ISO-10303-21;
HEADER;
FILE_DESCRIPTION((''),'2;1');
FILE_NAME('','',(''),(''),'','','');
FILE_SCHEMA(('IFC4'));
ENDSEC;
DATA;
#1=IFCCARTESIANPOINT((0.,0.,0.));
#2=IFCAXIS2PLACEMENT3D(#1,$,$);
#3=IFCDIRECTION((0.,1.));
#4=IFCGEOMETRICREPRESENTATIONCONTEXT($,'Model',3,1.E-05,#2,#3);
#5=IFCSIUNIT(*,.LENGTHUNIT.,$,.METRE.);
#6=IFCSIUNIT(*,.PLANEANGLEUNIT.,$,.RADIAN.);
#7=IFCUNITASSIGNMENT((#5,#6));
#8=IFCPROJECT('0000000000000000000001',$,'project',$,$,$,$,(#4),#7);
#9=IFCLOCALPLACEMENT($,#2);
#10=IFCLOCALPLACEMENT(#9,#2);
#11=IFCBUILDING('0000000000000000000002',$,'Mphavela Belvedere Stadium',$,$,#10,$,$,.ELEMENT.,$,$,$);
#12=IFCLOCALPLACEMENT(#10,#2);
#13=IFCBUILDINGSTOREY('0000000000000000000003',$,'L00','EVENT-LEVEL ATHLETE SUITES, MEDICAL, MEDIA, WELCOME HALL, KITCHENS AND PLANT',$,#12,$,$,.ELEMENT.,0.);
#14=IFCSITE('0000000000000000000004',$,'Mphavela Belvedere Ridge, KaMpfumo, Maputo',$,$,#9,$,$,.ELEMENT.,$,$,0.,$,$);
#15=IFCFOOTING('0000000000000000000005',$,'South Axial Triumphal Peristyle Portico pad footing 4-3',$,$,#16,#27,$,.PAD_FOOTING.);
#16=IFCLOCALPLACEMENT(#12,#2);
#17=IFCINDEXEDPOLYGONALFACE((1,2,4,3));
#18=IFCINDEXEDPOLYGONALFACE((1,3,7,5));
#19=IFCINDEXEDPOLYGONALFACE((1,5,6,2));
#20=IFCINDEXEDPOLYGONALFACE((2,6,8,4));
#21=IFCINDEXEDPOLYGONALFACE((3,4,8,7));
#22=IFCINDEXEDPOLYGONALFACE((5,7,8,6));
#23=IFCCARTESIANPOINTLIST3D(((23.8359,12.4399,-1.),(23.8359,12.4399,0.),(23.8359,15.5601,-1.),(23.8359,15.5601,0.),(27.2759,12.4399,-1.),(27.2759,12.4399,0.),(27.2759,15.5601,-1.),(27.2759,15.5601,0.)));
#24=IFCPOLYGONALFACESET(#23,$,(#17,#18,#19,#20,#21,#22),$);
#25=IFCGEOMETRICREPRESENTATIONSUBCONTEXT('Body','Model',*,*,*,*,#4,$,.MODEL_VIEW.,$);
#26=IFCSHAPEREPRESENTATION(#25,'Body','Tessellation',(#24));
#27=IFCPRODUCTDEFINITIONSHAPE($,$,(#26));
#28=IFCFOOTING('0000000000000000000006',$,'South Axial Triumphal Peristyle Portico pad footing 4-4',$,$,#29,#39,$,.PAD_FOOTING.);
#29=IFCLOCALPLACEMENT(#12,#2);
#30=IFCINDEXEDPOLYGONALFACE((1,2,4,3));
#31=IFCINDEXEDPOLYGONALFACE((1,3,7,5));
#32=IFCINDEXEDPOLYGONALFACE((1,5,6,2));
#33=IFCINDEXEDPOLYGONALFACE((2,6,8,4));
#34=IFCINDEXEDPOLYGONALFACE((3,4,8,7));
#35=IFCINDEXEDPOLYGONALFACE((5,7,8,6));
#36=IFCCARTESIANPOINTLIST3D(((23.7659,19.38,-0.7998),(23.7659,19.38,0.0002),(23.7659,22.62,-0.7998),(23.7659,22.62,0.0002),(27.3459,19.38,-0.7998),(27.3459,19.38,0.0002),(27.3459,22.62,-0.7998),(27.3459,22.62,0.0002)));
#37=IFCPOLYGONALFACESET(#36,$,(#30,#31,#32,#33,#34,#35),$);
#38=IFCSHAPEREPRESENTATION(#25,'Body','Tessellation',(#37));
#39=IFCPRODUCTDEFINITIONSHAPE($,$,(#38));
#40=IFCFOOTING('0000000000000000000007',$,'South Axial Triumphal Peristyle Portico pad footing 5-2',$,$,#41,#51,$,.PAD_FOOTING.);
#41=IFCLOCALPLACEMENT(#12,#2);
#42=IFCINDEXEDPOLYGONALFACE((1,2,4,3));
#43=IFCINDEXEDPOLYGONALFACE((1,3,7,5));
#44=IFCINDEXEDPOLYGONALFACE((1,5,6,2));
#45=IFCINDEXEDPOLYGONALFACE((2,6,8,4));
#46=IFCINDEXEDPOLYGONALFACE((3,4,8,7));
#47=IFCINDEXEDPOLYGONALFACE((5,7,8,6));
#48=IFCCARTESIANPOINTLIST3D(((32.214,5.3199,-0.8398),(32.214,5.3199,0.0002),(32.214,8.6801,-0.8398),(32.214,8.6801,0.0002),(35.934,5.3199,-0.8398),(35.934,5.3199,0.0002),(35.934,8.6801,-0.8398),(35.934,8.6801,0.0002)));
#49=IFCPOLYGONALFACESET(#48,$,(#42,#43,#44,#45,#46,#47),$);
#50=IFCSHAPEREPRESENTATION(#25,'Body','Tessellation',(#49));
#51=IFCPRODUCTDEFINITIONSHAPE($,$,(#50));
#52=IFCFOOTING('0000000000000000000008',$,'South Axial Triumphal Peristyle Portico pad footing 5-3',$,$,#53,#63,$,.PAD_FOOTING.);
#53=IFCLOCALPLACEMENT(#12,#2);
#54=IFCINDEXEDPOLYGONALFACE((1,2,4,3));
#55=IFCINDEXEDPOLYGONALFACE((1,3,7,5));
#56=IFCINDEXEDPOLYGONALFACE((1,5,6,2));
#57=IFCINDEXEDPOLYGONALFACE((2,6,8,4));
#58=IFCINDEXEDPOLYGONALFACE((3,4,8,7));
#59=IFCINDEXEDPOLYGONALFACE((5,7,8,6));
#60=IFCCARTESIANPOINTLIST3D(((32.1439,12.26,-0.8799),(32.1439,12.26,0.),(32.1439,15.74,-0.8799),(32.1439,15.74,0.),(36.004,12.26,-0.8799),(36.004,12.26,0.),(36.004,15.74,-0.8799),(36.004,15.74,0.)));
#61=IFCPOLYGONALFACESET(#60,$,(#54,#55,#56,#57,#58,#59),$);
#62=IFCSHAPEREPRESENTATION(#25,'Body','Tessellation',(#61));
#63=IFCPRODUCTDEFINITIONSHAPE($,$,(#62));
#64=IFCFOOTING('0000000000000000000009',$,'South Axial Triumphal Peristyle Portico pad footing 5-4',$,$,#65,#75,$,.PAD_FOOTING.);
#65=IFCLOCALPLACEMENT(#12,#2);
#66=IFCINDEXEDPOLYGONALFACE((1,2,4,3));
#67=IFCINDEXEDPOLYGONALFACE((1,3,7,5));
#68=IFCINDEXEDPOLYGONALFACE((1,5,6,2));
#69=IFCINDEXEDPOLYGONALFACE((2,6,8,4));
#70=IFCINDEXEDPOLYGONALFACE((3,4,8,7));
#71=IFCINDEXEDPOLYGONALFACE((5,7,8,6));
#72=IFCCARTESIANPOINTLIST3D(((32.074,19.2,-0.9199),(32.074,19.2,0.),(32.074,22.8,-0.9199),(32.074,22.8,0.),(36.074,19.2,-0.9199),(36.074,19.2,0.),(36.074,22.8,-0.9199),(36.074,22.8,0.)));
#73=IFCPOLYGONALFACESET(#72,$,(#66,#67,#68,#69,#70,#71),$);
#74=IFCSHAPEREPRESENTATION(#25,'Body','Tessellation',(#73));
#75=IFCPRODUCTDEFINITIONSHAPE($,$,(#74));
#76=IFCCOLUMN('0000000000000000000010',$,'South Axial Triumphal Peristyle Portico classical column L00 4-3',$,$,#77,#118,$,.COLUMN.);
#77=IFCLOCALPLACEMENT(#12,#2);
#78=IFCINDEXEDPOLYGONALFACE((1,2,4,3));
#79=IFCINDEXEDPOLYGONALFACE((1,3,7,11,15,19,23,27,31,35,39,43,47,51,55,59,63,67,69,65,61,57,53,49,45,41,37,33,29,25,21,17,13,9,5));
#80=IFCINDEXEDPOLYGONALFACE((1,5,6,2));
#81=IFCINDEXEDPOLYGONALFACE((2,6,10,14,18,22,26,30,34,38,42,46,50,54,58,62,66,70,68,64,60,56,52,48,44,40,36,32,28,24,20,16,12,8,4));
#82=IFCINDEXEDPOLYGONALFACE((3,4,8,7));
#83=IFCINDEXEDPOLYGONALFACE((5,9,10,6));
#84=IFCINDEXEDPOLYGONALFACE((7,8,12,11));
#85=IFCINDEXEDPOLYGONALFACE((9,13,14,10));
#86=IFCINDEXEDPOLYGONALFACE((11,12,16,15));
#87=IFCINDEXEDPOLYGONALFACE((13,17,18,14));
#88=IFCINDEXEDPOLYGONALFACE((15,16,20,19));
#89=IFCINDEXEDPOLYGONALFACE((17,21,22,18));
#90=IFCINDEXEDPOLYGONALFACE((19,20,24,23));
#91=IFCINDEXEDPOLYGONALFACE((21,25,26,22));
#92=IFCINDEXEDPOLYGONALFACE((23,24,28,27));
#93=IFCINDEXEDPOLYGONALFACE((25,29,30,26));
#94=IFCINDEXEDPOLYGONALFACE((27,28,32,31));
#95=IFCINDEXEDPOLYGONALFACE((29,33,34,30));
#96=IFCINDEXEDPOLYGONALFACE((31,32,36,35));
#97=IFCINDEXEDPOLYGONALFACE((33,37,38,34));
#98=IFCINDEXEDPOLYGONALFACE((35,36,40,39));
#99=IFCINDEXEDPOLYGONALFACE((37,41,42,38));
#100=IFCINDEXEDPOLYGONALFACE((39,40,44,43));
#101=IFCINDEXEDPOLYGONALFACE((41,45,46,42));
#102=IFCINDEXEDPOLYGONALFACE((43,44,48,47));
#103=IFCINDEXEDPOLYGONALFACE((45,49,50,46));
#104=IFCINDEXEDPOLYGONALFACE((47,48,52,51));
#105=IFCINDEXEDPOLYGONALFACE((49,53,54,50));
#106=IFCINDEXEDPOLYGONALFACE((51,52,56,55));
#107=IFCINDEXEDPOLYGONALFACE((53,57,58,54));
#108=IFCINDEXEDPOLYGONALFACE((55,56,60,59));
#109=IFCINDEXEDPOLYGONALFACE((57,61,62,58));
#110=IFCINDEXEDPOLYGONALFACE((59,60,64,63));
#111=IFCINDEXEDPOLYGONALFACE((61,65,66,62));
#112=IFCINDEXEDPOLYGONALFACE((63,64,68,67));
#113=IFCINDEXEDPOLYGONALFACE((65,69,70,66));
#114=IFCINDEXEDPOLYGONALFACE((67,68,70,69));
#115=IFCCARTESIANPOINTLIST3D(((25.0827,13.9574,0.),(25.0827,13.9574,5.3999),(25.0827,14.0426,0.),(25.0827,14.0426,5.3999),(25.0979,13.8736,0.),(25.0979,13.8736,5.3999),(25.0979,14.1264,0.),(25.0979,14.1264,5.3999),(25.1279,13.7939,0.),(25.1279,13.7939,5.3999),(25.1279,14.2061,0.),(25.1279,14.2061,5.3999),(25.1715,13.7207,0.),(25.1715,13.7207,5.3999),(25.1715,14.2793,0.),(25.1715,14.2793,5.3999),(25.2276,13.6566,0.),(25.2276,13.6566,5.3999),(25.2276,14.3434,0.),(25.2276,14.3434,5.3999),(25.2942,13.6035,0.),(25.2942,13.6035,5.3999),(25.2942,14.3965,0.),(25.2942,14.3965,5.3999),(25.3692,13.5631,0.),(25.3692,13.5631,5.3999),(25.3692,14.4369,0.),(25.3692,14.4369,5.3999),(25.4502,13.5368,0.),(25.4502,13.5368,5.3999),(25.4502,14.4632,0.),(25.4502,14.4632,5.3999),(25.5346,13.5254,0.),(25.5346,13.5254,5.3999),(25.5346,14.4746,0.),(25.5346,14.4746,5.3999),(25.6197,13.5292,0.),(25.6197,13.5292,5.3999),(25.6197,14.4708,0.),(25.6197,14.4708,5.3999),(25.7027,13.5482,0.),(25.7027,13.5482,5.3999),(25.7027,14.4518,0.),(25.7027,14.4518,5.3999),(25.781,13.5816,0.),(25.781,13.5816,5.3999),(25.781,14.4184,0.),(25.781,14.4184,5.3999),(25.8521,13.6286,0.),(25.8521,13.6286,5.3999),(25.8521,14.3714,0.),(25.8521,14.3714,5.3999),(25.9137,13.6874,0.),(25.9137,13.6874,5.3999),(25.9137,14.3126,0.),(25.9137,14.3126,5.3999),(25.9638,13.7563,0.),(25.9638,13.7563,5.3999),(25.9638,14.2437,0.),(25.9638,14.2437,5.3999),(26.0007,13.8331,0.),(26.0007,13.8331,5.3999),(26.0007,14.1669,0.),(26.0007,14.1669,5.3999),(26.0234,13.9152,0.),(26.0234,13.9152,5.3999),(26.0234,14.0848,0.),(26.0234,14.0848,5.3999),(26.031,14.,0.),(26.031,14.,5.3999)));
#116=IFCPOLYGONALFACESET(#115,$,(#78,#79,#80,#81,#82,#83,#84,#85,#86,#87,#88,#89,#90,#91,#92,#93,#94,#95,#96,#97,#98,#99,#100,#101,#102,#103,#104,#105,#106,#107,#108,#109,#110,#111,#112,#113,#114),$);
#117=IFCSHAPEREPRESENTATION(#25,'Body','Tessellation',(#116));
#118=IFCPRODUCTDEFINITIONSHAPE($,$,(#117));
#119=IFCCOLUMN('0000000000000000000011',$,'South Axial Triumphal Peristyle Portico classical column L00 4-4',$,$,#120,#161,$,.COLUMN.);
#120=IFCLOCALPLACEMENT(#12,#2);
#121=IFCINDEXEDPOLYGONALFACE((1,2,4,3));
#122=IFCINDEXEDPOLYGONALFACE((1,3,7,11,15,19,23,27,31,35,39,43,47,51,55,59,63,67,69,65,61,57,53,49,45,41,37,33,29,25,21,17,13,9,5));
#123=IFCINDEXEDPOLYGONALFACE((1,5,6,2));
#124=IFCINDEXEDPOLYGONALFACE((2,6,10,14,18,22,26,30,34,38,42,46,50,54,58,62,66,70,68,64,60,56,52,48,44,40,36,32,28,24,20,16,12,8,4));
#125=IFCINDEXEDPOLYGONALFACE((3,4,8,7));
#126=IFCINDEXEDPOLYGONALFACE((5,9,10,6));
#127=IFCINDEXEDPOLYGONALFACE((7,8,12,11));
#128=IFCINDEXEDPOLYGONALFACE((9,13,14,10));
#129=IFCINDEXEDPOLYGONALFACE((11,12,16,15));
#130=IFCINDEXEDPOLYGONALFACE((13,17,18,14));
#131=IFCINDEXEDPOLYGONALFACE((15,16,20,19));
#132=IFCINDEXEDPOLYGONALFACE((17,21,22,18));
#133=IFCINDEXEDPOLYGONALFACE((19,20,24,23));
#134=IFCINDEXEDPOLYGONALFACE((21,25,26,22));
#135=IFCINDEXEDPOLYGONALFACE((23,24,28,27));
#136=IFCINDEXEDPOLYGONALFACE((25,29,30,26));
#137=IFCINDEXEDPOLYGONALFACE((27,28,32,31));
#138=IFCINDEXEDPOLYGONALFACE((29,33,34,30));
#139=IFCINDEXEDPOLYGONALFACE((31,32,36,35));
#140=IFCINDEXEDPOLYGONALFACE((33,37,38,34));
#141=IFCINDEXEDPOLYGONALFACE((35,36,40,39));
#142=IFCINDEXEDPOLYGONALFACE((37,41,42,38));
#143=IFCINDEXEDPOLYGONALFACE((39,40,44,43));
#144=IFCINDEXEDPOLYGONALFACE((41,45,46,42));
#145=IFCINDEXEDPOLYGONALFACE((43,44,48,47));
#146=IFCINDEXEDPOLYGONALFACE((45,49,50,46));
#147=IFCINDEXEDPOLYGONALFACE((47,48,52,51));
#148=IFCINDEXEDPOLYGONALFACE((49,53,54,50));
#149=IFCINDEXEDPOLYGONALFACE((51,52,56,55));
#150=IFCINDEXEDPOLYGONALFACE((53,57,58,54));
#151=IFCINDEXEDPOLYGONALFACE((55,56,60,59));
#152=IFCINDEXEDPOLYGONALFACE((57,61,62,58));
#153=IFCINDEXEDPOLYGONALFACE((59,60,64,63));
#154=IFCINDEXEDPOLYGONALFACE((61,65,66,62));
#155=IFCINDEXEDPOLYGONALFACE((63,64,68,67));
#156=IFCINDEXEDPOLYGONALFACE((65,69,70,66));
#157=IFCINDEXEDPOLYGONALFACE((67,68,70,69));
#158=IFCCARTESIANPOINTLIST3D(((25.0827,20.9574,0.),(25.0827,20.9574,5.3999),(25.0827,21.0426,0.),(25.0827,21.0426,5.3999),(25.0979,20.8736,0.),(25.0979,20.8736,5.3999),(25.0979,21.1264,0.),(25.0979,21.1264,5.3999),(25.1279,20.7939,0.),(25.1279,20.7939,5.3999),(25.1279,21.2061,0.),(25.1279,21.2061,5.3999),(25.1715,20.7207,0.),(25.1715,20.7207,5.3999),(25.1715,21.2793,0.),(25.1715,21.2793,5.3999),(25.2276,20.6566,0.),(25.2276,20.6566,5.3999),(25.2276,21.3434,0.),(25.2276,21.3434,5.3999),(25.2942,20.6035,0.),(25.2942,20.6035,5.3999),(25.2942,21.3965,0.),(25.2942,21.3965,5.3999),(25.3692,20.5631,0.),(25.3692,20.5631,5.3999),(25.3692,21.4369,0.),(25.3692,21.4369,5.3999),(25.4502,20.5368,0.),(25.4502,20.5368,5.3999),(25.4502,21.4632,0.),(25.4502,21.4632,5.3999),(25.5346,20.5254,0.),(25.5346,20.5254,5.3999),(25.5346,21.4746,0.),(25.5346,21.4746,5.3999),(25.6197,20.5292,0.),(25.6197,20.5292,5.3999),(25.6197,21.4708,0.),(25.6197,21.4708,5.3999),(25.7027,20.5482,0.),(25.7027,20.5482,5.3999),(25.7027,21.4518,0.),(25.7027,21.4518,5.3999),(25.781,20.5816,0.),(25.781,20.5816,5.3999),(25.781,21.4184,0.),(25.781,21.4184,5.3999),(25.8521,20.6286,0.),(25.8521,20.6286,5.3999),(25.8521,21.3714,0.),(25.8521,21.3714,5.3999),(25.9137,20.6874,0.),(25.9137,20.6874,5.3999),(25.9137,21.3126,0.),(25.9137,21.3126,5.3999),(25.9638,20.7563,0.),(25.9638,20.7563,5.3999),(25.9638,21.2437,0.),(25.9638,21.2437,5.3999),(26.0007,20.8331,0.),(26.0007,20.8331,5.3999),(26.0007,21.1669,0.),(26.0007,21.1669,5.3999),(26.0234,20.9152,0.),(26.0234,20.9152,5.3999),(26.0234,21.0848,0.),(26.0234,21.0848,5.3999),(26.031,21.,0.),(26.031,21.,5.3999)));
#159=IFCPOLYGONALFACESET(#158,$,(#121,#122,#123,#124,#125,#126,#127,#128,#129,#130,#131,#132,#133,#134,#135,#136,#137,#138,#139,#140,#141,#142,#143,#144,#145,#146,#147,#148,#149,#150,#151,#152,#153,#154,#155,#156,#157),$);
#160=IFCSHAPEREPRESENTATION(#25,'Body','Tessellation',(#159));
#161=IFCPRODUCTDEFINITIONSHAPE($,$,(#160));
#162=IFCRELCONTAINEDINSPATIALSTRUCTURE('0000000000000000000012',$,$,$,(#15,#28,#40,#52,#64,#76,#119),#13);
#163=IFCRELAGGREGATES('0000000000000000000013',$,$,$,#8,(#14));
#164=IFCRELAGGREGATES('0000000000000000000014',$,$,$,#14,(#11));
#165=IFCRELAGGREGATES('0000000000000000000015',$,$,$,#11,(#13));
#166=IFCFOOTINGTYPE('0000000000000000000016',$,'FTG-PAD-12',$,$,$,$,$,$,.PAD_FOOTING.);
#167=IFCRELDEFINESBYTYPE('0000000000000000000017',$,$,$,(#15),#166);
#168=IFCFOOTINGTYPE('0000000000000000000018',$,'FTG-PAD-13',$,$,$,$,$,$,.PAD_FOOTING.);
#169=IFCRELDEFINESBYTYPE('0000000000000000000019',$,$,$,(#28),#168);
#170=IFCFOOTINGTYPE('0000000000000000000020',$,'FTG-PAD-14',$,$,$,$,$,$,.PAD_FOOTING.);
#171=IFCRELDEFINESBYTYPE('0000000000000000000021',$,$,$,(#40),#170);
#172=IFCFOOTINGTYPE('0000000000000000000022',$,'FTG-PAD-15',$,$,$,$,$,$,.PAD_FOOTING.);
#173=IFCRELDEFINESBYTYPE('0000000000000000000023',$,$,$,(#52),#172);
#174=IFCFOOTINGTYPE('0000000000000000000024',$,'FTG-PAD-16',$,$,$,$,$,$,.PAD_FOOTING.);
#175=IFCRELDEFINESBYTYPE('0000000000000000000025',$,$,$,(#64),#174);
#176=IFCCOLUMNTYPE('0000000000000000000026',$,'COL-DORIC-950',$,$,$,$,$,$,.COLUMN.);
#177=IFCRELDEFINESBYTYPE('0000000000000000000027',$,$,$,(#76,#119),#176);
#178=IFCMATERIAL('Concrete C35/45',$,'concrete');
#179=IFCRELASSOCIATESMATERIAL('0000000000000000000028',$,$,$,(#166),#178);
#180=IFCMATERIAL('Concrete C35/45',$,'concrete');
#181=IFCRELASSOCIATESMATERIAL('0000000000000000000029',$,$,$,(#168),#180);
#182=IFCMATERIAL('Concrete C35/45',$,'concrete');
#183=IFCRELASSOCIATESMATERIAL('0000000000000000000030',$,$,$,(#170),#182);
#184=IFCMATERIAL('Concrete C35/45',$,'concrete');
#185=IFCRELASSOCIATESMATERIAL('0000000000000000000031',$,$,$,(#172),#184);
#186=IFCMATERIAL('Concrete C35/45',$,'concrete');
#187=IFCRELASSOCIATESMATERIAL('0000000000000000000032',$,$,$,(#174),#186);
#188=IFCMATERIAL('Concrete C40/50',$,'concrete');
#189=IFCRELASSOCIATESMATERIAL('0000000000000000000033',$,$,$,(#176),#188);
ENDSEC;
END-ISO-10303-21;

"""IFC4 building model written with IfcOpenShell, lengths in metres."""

from ifc_helpers import new_model, si_unit, direction, frame, origin, origin_2d, place, context, subcontext, project, spatial, rectangle, circle, extrude, material, material_profile, profile_set, type_object, element, save


model = new_model("IFC4")

# Units and contexts
model_context = context("Model", 3, precision=1e-05, world=origin(), true_north=direction((0.0, 1.0)))
body_context = subcontext(model_context, "Body", "Model", "MODEL_VIEW")
ifc_project = project(units=[si_unit("LENGTHUNIT", "METRE"), si_unit("PLANEANGLEUNIT", "RADIAN")], contexts=[model_context])

# Site, building, storey
site_placement = place(None, origin())
site = spatial("IfcSite", under=ifc_project, at=site_placement, Name="Mphavela Belvedere Ridge, KaMpfumo, Maputo", CompositionType="ELEMENT", RefElevation=0.0)
building_placement = place(site_placement, origin())
building = spatial("IfcBuilding", under=site, at=building_placement, Name="Mphavela Belvedere Stadium", CompositionType="ELEMENT")
storey_placement = place(building_placement, origin())
storey = spatial("IfcBuildingStorey", under=building, at=storey_placement, Name="L00", Description="EVENT-LEVEL ATHLETE SUITES, MEDICAL, MEDIA, WELCOME HALL, KITCHENS AND PLANT", CompositionType="ELEMENT", Elevation=0.0)

# Footings
ifc_material_1 = material(Name="Concrete C35/45", Category="concrete")
footing_type_1 = type_object("IfcFootingType", Name="FTG-PAD-12", PredefinedType="PAD_FOOTING", material=ifc_material_1)
footing_1_placement = place(storey_placement, frame((25.5559, 14.0, -1.0), z_axis=(0.0, 0.0, 1.0), x_axis=(1.0, 0.0, 0.0)))
element("IfcFooting", 1, at=footing_1_placement, inside=storey, type_object=footing_type_1, Name="South Axial Triumphal Peristyle Portico pad footing 4-3", PredefinedType="PAD_FOOTING", context=body_context, shape_type="SweptSolid", body=[
    extrude(rectangle(XDim=3.4399, YDim=3.1201, at=origin_2d()), origin(), (0.0, 0.0, 1.0), 1.0),
])
ifc_material_2 = material(Name="Concrete C35/45", Category="concrete")
footing_type_2 = type_object("IfcFootingType", Name="FTG-PAD-13", PredefinedType="PAD_FOOTING", material=ifc_material_2)
footing_2_placement = place(storey_placement, frame((25.5559, 21.0, -0.7998), z_axis=(0.0, 0.0, 1.0), x_axis=(1.0, 0.0, 0.0)))
element("IfcFooting", 2, at=footing_2_placement, inside=storey, type_object=footing_type_2, Name="South Axial Triumphal Peristyle Portico pad footing 4-4", PredefinedType="PAD_FOOTING", context=body_context, shape_type="SweptSolid", body=[
    extrude(rectangle(XDim=3.5801, YDim=3.24, at=origin_2d()), origin(), (0.0, 0.0, 1.0), 0.8),
])
ifc_material_3 = material(Name="Concrete C35/45", Category="concrete")
footing_type_3 = type_object("IfcFootingType", Name="FTG-PAD-14", PredefinedType="PAD_FOOTING", material=ifc_material_3)
footing_3_placement = place(storey_placement, frame((34.074, 7.0, -0.8398), z_axis=(0.0, 0.0, 1.0), x_axis=(1.0, 0.0, 0.0)))
element("IfcFooting", 3, at=footing_3_placement, inside=storey, type_object=footing_type_3, Name="South Axial Triumphal Peristyle Portico pad footing 5-2", PredefinedType="PAD_FOOTING", context=body_context, shape_type="SweptSolid", body=[
    extrude(rectangle(XDim=3.72, YDim=3.3601, at=origin_2d()), origin(), (0.0, 0.0, 1.0), 0.8401),
])
ifc_material_4 = material(Name="Concrete C35/45", Category="concrete")
footing_type_4 = type_object("IfcFootingType", Name="FTG-PAD-15", PredefinedType="PAD_FOOTING", material=ifc_material_4)
footing_4_placement = place(storey_placement, frame((34.074, 14.0, -0.8799), z_axis=(0.0, 0.0, 1.0), x_axis=(1.0, 0.0, 0.0)))
element("IfcFooting", 4, at=footing_4_placement, inside=storey, type_object=footing_type_4, Name="South Axial Triumphal Peristyle Portico pad footing 5-3", PredefinedType="PAD_FOOTING", context=body_context, shape_type="SweptSolid", body=[
    extrude(rectangle(XDim=3.8601, YDim=3.48, at=origin_2d()), origin(), (0.0, 0.0, 1.0), 0.8799),
])
ifc_material_5 = material(Name="Concrete C35/45", Category="concrete")
footing_type_5 = type_object("IfcFootingType", Name="FTG-PAD-16", PredefinedType="PAD_FOOTING", material=ifc_material_5)
footing_5_placement = place(storey_placement, frame((34.074, 21.0, -0.9199), z_axis=(0.0, 0.0, 1.0), x_axis=(1.0, 0.0, 0.0)))
element("IfcFooting", 5, at=footing_5_placement, inside=storey, type_object=footing_type_5, Name="South Axial Triumphal Peristyle Portico pad footing 5-4", PredefinedType="PAD_FOOTING", context=body_context, shape_type="SweptSolid", body=[
    extrude(rectangle(XDim=4.0, YDim=3.6001, at=origin_2d()), origin(), (0.0, 0.0, 1.0), 0.9199),
])

# Columns
ifc_material_6 = material(Name="Concrete C40/50", Category="concrete")
ifc_material_profile_1 = material_profile(ifc_material_6, circle(Radius=0.4751, at=origin_2d()), Name="COL D950")
ifc_profile_set_1 = profile_set([ifc_material_profile_1], Name="Concrete C40/50")
column_type = type_object("IfcColumnType", Name="COL-DORIC-950", PredefinedType="COLUMN", material=ifc_profile_set_1)
for number, where, z_axis, x_axis, name in (
    (6, (25.5559, 14.0, 0.0), (0.0, 0.0, 1.0), (1.0, 0.0, 0.0), "South Axial Triumphal Peristyle Portico classical column L00 4-3"),
    (7, (25.5559, 21.0, 0.0), (0.0, 0.0, 1.0), (1.0, 0.0, 0.0), "South Axial Triumphal Peristyle Portico classical column L00 4-4"),
):
    element("IfcColumn", number, at=place(storey_placement, frame(where, z_axis=z_axis, x_axis=x_axis)), inside=storey, type_object=column_type, Name=name, PredefinedType="COLUMN", context=body_context, shape_type="SweptSolid", body=[
        extrude(circle(Radius=0.4751, at=origin_2d()), origin(), (0.0, 0.0, 1.0), 5.3999),
    ])

save(model, "model.ifc")
